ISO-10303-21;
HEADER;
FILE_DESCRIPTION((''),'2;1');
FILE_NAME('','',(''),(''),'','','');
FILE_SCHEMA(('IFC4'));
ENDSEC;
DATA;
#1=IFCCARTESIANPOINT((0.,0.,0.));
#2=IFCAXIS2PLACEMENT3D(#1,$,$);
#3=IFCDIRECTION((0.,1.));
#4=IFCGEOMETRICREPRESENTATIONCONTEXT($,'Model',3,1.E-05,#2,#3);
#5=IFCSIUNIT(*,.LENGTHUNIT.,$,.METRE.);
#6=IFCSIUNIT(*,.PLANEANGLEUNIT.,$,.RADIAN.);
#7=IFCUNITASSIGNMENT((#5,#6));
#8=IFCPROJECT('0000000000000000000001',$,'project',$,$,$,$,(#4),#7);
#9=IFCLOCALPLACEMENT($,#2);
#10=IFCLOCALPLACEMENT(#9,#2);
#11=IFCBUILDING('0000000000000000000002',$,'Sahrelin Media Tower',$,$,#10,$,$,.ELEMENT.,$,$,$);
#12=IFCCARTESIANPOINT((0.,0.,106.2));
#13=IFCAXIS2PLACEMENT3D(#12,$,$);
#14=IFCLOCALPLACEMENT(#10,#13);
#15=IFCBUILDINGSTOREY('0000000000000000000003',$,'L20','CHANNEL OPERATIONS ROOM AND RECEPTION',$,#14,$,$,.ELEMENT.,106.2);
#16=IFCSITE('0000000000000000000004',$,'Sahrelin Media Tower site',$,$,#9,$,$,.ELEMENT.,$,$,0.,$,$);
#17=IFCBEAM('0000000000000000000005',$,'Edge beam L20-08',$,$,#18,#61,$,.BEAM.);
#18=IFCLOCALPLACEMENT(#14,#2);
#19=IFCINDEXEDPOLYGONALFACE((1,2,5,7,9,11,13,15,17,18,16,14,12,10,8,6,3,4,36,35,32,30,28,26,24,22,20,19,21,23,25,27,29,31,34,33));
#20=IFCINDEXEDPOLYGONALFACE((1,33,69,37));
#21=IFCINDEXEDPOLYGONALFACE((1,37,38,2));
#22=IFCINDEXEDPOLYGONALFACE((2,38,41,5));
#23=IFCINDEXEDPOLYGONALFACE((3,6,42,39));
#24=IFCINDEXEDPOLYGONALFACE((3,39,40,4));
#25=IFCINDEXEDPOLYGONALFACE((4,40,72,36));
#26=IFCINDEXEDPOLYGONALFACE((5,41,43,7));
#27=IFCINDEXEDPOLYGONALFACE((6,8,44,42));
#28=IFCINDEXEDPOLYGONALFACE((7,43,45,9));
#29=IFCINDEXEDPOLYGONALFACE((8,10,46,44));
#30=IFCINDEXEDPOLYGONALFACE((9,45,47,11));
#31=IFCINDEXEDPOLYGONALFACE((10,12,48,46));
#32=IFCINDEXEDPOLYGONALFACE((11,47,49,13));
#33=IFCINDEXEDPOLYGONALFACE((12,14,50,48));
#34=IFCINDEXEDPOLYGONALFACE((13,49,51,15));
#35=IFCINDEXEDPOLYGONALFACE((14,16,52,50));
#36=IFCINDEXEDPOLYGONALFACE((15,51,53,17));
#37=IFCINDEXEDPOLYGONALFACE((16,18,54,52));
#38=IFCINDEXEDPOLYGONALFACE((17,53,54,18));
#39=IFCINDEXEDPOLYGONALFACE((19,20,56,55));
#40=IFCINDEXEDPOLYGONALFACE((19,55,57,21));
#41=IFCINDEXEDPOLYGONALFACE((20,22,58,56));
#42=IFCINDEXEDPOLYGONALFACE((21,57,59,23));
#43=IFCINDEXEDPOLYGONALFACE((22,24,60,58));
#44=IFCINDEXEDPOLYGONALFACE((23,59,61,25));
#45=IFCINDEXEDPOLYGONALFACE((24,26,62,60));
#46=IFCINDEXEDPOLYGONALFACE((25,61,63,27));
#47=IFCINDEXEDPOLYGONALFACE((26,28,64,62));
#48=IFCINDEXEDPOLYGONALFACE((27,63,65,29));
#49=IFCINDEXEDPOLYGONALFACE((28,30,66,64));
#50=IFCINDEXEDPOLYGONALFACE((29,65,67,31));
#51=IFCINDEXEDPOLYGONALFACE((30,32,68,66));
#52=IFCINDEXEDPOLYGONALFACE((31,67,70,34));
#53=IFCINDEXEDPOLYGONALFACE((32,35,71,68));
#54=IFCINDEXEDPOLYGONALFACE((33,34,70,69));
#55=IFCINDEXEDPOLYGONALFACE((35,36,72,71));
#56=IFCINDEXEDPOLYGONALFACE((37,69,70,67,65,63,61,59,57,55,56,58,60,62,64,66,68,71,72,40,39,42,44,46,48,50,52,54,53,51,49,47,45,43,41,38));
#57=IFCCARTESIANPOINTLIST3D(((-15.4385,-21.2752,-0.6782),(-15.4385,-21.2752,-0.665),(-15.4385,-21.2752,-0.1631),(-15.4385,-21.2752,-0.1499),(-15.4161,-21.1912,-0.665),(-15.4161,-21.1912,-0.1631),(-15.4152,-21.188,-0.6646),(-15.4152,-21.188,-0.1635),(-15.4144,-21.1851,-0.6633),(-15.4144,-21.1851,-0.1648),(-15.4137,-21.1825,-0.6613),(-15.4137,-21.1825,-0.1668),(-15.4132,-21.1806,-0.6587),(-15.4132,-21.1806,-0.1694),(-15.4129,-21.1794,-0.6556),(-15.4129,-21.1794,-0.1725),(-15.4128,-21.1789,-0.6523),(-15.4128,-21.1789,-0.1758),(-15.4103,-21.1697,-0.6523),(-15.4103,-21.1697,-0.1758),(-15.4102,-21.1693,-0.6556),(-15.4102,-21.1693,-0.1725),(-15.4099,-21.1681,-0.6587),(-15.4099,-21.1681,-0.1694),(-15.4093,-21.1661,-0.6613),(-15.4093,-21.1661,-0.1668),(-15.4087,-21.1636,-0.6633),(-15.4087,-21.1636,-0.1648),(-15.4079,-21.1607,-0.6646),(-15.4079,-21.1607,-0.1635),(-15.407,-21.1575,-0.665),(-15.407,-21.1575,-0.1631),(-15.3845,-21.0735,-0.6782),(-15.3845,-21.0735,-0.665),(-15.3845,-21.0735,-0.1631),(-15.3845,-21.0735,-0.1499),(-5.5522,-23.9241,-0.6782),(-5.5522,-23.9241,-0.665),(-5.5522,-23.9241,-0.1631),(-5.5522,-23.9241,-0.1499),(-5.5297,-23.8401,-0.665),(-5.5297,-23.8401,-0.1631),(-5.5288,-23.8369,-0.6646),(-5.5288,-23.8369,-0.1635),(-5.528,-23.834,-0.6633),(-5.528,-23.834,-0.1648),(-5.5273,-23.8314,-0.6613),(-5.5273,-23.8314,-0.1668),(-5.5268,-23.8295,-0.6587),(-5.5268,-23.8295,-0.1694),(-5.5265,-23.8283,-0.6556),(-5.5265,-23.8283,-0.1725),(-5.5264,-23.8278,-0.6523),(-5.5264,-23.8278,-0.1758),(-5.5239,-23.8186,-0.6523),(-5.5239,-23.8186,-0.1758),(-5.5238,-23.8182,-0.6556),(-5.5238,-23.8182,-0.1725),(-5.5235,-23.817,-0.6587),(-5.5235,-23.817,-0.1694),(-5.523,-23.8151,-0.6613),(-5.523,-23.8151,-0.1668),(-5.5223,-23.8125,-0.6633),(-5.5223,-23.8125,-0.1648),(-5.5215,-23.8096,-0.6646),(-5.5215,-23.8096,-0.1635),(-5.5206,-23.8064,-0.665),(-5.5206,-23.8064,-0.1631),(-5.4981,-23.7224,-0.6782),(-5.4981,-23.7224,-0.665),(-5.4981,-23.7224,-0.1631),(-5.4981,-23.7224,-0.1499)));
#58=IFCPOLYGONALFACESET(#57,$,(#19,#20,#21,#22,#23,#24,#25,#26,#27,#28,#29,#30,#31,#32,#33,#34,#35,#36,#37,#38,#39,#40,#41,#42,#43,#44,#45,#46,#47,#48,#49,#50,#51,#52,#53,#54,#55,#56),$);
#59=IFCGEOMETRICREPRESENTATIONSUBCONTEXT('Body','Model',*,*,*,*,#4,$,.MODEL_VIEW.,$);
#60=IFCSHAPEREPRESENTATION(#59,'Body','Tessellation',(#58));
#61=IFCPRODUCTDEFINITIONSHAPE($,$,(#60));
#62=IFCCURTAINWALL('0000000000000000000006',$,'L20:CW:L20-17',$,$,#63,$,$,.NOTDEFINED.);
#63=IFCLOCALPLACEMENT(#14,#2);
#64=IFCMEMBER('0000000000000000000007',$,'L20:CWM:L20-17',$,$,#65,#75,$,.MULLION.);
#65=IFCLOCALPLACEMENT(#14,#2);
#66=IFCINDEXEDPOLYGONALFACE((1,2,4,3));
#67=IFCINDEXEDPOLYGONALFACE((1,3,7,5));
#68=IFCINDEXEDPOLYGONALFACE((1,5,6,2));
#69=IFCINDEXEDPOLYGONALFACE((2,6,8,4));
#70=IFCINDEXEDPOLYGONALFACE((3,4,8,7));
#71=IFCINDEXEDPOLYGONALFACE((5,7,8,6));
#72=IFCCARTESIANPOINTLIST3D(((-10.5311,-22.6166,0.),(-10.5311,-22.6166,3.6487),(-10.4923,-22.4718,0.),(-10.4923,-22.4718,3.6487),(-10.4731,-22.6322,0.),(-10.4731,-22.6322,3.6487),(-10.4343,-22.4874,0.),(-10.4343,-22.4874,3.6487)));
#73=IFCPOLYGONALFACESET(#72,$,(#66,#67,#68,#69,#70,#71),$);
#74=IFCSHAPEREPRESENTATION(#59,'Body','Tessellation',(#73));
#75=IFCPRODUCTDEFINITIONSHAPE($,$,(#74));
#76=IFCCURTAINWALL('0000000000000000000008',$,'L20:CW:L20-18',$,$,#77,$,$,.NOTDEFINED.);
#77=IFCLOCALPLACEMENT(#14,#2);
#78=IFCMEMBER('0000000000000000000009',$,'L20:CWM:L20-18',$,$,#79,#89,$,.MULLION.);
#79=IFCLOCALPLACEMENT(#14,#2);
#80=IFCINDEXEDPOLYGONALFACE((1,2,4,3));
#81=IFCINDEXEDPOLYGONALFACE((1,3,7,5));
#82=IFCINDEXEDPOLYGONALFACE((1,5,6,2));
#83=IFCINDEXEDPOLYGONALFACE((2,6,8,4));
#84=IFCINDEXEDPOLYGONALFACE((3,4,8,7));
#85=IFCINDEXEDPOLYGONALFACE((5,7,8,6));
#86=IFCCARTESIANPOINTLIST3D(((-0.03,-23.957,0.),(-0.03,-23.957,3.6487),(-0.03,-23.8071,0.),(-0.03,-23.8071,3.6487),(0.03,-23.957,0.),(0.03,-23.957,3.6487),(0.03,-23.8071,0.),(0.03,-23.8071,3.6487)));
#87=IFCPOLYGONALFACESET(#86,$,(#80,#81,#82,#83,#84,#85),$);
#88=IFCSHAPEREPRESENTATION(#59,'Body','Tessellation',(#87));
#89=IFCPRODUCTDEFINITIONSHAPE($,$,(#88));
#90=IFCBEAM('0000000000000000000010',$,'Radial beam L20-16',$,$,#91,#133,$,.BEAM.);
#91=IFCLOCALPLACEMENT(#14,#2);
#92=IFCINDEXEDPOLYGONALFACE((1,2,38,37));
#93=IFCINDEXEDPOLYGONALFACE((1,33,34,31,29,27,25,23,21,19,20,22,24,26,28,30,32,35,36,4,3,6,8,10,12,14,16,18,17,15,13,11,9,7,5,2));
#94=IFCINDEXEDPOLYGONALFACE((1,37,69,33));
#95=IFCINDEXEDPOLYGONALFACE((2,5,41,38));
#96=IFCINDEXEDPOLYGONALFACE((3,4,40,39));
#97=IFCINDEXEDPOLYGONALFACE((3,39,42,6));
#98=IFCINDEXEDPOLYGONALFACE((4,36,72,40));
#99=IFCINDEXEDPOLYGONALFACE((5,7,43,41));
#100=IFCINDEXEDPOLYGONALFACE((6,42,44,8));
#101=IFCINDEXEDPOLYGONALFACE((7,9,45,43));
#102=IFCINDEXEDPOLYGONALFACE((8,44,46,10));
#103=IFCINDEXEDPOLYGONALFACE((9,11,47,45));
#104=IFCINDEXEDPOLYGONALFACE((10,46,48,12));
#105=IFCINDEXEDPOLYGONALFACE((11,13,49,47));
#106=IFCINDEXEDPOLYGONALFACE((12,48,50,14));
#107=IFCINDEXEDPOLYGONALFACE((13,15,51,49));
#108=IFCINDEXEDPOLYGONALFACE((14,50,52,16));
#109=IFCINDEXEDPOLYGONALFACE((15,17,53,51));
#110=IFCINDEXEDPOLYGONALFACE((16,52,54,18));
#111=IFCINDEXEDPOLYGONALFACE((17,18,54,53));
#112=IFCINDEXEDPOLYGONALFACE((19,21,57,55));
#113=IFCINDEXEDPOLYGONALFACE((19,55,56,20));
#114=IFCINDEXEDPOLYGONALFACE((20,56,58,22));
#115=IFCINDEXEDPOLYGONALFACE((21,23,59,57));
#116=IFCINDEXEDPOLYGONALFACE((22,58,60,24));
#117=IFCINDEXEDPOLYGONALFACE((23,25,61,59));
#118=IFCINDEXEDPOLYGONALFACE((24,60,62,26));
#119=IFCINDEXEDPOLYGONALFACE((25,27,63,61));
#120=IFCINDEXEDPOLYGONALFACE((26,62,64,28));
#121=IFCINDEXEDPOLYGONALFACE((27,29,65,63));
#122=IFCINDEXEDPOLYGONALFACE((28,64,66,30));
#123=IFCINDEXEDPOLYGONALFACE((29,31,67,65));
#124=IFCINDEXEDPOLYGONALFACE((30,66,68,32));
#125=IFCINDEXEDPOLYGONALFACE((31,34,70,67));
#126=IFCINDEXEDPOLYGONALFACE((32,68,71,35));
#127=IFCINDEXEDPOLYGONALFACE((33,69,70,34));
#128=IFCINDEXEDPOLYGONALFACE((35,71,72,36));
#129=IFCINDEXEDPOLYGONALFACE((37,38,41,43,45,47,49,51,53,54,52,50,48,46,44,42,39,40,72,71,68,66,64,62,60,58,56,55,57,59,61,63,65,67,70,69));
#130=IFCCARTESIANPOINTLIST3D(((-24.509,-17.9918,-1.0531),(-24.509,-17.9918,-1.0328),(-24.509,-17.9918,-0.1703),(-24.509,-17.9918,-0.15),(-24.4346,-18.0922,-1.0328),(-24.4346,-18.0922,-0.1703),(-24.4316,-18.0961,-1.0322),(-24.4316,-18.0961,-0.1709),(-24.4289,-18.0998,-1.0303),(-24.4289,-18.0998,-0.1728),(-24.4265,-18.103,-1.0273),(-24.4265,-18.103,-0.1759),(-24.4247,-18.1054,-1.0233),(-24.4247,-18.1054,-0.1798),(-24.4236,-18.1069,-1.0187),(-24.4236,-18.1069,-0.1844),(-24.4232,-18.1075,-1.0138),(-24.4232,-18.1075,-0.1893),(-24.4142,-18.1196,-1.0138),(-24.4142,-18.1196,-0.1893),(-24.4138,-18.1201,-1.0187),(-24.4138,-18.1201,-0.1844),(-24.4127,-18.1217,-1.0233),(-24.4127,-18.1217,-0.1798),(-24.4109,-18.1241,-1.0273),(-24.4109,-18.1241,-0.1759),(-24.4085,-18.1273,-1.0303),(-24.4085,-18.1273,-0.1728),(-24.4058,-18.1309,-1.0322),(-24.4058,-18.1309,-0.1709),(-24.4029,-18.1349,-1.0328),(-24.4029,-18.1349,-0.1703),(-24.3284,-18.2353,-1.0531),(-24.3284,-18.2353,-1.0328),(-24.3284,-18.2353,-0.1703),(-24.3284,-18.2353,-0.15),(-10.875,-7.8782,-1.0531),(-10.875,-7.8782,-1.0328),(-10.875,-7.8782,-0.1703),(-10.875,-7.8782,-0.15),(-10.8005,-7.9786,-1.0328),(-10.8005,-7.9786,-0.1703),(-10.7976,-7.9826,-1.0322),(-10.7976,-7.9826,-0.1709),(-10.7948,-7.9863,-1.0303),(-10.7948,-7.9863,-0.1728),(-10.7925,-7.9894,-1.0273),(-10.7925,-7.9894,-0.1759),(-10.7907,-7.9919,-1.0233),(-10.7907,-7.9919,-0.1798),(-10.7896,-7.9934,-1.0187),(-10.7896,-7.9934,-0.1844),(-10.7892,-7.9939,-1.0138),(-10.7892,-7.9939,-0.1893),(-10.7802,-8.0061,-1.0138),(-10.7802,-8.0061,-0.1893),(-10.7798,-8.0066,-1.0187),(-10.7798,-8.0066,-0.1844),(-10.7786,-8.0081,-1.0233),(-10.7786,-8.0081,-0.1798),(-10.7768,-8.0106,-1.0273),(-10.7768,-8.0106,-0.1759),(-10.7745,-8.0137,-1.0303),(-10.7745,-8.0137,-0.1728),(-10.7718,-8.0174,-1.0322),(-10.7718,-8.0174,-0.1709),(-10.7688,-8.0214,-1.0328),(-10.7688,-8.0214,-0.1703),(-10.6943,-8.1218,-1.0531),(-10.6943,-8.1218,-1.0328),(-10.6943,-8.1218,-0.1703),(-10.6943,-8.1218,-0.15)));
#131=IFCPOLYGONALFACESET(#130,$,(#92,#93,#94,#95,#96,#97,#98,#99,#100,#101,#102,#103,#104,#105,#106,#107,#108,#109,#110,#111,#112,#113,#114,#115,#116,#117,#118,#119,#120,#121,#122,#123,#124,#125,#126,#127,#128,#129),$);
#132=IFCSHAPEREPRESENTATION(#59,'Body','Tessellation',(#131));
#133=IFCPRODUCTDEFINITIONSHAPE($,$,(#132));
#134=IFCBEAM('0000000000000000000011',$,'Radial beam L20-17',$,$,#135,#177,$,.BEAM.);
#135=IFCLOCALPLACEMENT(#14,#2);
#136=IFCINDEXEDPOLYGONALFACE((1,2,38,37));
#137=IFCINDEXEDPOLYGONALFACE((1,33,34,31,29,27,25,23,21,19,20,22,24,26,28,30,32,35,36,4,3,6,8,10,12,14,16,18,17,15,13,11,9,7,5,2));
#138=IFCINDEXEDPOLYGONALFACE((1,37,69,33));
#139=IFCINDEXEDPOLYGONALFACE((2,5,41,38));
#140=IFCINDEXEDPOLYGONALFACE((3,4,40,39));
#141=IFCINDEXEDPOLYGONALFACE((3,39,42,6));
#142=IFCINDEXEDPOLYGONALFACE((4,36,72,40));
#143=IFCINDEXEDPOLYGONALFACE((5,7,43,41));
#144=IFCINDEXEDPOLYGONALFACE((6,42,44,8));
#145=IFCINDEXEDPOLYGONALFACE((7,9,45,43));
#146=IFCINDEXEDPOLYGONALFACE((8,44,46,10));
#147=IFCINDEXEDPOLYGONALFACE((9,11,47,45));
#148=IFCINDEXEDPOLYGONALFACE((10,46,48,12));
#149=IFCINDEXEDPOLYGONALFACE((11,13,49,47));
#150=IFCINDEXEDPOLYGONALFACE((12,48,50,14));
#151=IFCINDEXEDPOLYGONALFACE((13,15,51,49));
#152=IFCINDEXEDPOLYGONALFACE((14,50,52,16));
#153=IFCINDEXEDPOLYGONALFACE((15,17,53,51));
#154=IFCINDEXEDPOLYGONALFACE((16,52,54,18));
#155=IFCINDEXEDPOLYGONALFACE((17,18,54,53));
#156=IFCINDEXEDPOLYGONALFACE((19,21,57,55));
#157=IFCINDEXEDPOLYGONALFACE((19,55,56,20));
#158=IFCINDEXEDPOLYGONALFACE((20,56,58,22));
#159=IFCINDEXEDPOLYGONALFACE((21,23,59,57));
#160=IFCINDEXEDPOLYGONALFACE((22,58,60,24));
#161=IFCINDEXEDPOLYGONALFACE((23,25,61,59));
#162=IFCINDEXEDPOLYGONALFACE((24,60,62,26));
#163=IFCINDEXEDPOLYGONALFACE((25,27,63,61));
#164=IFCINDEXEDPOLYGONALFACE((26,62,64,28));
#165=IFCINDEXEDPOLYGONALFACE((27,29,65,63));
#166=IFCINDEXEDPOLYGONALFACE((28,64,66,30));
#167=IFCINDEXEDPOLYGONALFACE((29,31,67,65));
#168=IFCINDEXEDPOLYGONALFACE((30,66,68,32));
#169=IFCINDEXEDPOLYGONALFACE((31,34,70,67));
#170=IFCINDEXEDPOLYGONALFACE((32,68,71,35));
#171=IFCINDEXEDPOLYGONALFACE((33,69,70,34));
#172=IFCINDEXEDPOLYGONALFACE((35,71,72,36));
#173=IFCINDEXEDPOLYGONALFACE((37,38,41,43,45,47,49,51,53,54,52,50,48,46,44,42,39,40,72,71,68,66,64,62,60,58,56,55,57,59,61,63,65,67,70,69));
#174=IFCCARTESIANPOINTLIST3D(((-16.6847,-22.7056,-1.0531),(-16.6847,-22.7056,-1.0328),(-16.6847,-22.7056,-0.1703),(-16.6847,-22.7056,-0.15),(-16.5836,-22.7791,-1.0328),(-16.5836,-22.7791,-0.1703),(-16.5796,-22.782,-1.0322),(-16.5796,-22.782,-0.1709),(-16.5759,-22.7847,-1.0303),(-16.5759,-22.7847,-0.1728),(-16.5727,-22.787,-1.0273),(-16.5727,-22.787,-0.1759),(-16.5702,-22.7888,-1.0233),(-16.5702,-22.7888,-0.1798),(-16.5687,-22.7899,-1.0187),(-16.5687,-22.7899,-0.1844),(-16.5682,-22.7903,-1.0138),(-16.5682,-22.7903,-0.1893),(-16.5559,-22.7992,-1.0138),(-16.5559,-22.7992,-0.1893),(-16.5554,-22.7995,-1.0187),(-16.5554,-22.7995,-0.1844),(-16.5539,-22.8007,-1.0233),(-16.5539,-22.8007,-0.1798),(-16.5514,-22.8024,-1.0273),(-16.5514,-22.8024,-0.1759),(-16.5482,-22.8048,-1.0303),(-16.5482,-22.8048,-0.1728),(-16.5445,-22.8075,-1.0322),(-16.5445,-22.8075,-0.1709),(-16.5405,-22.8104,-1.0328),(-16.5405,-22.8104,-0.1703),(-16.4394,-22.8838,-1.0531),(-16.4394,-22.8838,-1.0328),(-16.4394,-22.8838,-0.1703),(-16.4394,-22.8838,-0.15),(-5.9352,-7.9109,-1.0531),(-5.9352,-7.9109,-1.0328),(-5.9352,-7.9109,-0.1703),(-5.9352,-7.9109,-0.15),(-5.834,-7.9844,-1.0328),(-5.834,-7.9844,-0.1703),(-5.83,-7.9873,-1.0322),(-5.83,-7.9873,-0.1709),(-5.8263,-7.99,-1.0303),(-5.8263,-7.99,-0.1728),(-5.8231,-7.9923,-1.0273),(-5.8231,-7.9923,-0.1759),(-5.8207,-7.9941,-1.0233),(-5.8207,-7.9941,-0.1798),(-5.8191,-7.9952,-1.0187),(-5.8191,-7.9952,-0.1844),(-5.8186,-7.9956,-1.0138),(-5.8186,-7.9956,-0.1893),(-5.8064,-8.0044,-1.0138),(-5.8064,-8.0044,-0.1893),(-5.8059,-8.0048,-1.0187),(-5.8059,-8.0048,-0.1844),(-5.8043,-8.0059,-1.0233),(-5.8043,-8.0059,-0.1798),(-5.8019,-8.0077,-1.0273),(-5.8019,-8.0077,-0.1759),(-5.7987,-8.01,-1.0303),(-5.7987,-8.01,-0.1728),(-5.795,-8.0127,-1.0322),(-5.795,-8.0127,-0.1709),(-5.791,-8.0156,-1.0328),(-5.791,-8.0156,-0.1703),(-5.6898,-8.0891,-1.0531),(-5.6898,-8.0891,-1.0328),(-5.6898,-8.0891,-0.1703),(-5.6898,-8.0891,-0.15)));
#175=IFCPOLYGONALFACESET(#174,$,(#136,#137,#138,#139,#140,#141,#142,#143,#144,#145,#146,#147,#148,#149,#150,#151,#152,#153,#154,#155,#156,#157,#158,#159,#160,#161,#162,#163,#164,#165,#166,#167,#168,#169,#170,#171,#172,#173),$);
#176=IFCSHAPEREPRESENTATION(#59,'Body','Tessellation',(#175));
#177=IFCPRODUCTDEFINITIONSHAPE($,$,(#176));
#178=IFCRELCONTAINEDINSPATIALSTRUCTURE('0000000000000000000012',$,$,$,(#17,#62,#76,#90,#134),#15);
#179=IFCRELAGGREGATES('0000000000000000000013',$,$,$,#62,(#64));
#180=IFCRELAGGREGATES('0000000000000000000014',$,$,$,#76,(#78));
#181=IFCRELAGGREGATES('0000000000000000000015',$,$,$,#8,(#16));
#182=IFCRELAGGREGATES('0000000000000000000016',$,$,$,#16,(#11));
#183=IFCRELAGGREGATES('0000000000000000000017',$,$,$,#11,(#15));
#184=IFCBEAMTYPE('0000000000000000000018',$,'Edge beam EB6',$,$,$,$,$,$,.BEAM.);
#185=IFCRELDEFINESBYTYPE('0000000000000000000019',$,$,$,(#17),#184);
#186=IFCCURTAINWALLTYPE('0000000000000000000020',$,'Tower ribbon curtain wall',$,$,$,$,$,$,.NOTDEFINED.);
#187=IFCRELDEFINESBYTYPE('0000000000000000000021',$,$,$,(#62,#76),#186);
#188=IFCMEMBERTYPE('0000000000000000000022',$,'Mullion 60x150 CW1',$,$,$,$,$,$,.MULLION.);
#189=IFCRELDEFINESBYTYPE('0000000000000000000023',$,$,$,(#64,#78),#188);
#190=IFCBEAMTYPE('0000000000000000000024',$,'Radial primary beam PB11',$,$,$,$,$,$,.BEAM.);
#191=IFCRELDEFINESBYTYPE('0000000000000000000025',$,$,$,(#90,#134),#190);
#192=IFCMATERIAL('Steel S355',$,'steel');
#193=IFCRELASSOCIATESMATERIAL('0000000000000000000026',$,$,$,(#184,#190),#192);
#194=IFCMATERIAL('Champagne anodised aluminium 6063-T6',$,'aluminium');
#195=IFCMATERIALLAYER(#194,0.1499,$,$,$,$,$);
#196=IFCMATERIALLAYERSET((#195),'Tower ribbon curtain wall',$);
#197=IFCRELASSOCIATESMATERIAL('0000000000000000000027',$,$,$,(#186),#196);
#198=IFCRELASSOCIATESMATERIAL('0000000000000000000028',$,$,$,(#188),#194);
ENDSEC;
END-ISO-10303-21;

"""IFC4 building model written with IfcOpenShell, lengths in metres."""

from ifc_helpers import new_model, si_unit, direction, frame, origin, origin_2d, place, context, subcontext, project, spatial, rectangle, i_section, extrude, material, layer, layer_set, material_profile, profile_set, type_object, element, aggregate, save


model = new_model("IFC4")

# Units and contexts
model_context = context("Model", 3, precision=1e-05, world=origin(), true_north=direction((0.0, 1.0)))
body_context = subcontext(model_context, "Body", "Model", "MODEL_VIEW")
ifc_project = project(units=[si_unit("LENGTHUNIT", "METRE"), si_unit("PLANEANGLEUNIT", "RADIAN")], contexts=[model_context])

# Site, building, storey
site_placement = place(None, origin())
site = spatial("IfcSite", under=ifc_project, at=site_placement, Name="Sahrelin Media Tower site", CompositionType="ELEMENT", RefElevation=0.0)
building_placement = place(site_placement, origin())
building = spatial("IfcBuilding", under=site, at=building_placement, Name="Sahrelin Media Tower", CompositionType="ELEMENT")
storey_placement = place(building_placement, frame((0.0, 0.0, 106.2)))
storey = spatial("IfcBuildingStorey", under=building, at=storey_placement, Name="L20", Description="CHANNEL OPERATIONS ROOM AND RECEPTION", CompositionType="ELEMENT", Elevation=106.2)

# Beam
ifc_material_1 = material(Name="Steel S355", Category="steel")
ifc_material_profile_1 = material_profile(ifc_material_1, i_section(OverallWidth=0.2087, OverallDepth=0.5283, WebThickness=0.0095, FlangeThickness=0.0132, FilletRadius=0.0127, at=origin_2d()), Name="UB 533x210x82")
ifc_profile_set_1 = profile_set([ifc_material_profile_1], Name="Steel S355")
beam_type_1 = type_object("IfcBeamType", Name="Edge beam EB6", PredefinedType="BEAM", material=ifc_profile_set_1)
beam_1_placement = place(storey_placement, frame((-5.5251, -23.8232, -0.4141), z_axis=(-0.965929, 0.258806, 0.0), x_axis=(-0.258806, -0.965929, 0.0)))
element("IfcBeam", 1, at=beam_1_placement, inside=storey, type_object=beam_type_1, Name="Edge beam L20-08", PredefinedType="BEAM", context=body_context, shape_type="SweptSolid", body=[
    extrude(i_section(OverallWidth=0.2087, OverallDepth=0.5283, WebThickness=0.0095, FlangeThickness=0.0132, FilletRadius=0.0127, at=origin_2d()), origin(), (0.0, 0.0, 1.0), 10.2351),
])

# Curtain walls, members
ifc_material_2 = material(Name="Champagne anodised aluminium 6063-T6", Category="aluminium")
ifc_layer_1 = layer(ifc_material_2, 0.1499)
ifc_layer_set_1 = layer_set([ifc_layer_1], Name="Tower ribbon curtain wall")
curtain_wall_type = type_object("IfcCurtainWallType", Name="Tower ribbon curtain wall", PredefinedType="NOTDEFINED", material=ifc_layer_set_1)
curtain_wall_1_placement = place(storey_placement, frame((-10.5073, -22.6438, 0.0), z_axis=(0.0, 0.0, 1.0), x_axis=(1.0, 0.0, 0.0)))
curtain_wall_1 = element("IfcCurtainWall", 2, at=curtain_wall_1_placement, inside=storey, type_object=curtain_wall_type, Name="L20:CW:L20-17", PredefinedType="NOTDEFINED")
ifc_material_profile_2 = material_profile(ifc_material_2, rectangle(XDim=0.0601, YDim=0.1499, at=origin_2d()), Name="Mullion 60x150")
ifc_profile_set_2 = profile_set([ifc_material_profile_2], Name="Champagne anodised aluminium 6063-T6")
member_type_1 = type_object("IfcMemberType", Name="Mullion 60x150 CW1", PredefinedType="MULLION", material=ifc_profile_set_2)
member_1_placement = place(storey_placement, frame((-10.4827, -22.552, 0.0), z_axis=(0.0, 0.0, 1.0), x_axis=(0.965926, -0.258817, 0.0)))
member_1 = element("IfcMember", 3, at=member_1_placement, type_object=member_type_1, Name="L20:CWM:L20-17", PredefinedType="MULLION", context=body_context, shape_type="SweptSolid", body=[
    extrude(rectangle(XDim=0.0601, YDim=0.1499, at=origin_2d()), origin(), (0.0, 0.0, 1.0), 3.6487),
])
aggregate(curtain_wall_1, [member_1])
curtain_wall_2_placement = place(storey_placement, frame((0.0, -23.9771, 0.0), z_axis=(0.0, 0.0, 1.0), x_axis=(1.0, 0.0, 0.0)))
curtain_wall_2 = element("IfcCurtainWall", 4, at=curtain_wall_2_placement, inside=storey, type_object=curtain_wall_type, Name="L20:CW:L20-18", PredefinedType="NOTDEFINED")
member_2_placement = place(storey_placement, frame((0.0, -23.8821, 0.0), z_axis=(0.0, 0.0, 1.0), x_axis=(1.0, 0.0, 0.0)))
member_2 = element("IfcMember", 5, at=member_2_placement, type_object=member_type_1, Name="L20:CWM:L20-18", PredefinedType="MULLION", context=body_context, shape_type="SweptSolid", body=[
    extrude(rectangle(XDim=0.0601, YDim=0.1499, at=origin_2d()), origin(), (0.0, 0.0, 1.0), 3.6487),
])

# Beams
ifc_material_profile_3 = material_profile(ifc_material_1, i_section(OverallWidth=0.3032, OverallDepth=0.9031, WebThickness=0.0151, FlangeThickness=0.0203, FilletRadius=0.019, at=origin_2d()), Name="UB 914x305x201")
ifc_profile_set_3 = profile_set([ifc_material_profile_3], Name="Steel S355")
beam_type_2 = type_object("IfcBeamType", Name="Radial primary beam PB11", PredefinedType="BEAM", material=ifc_profile_set_3)
beam_2_placement = place(storey_placement, frame((-10.7847, -8.0, -0.6016), z_axis=(-0.803156, -0.595769, 0.0), x_axis=(0.595769, -0.803156, 0.0)))
element("IfcBeam", 6, at=beam_2_placement, inside=storey, type_object=beam_type_2, Name="Radial beam L20-16", PredefinedType="BEAM", context=body_context, shape_type="SweptSolid", body=[
    extrude(i_section(OverallWidth=0.3032, OverallDepth=0.9031, WebThickness=0.0151, FlangeThickness=0.0203, FilletRadius=0.019, at=origin_2d()), origin(), (0.0, 0.0, 1.0), 16.9756),
])
beam_3_placement = place(storey_placement, frame((-5.8125, -8.0, -0.6016), z_axis=(-0.587805, -0.809003, 0.0), x_axis=(0.809003, -0.587805, 0.0)))
element("IfcBeam", 7, at=beam_3_placement, inside=storey, type_object=beam_type_2, Name="Radial beam L20-17", PredefinedType="BEAM", context=body_context, shape_type="SweptSolid", body=[
    extrude(i_section(OverallWidth=0.3032, OverallDepth=0.9031, WebThickness=0.0151, FlangeThickness=0.0203, FilletRadius=0.019, at=origin_2d()), origin(), (0.0, 0.0, 1.0), 18.2876),
])

aggregate(curtain_wall_2, [member_2])

save(model, "model.ifc")
